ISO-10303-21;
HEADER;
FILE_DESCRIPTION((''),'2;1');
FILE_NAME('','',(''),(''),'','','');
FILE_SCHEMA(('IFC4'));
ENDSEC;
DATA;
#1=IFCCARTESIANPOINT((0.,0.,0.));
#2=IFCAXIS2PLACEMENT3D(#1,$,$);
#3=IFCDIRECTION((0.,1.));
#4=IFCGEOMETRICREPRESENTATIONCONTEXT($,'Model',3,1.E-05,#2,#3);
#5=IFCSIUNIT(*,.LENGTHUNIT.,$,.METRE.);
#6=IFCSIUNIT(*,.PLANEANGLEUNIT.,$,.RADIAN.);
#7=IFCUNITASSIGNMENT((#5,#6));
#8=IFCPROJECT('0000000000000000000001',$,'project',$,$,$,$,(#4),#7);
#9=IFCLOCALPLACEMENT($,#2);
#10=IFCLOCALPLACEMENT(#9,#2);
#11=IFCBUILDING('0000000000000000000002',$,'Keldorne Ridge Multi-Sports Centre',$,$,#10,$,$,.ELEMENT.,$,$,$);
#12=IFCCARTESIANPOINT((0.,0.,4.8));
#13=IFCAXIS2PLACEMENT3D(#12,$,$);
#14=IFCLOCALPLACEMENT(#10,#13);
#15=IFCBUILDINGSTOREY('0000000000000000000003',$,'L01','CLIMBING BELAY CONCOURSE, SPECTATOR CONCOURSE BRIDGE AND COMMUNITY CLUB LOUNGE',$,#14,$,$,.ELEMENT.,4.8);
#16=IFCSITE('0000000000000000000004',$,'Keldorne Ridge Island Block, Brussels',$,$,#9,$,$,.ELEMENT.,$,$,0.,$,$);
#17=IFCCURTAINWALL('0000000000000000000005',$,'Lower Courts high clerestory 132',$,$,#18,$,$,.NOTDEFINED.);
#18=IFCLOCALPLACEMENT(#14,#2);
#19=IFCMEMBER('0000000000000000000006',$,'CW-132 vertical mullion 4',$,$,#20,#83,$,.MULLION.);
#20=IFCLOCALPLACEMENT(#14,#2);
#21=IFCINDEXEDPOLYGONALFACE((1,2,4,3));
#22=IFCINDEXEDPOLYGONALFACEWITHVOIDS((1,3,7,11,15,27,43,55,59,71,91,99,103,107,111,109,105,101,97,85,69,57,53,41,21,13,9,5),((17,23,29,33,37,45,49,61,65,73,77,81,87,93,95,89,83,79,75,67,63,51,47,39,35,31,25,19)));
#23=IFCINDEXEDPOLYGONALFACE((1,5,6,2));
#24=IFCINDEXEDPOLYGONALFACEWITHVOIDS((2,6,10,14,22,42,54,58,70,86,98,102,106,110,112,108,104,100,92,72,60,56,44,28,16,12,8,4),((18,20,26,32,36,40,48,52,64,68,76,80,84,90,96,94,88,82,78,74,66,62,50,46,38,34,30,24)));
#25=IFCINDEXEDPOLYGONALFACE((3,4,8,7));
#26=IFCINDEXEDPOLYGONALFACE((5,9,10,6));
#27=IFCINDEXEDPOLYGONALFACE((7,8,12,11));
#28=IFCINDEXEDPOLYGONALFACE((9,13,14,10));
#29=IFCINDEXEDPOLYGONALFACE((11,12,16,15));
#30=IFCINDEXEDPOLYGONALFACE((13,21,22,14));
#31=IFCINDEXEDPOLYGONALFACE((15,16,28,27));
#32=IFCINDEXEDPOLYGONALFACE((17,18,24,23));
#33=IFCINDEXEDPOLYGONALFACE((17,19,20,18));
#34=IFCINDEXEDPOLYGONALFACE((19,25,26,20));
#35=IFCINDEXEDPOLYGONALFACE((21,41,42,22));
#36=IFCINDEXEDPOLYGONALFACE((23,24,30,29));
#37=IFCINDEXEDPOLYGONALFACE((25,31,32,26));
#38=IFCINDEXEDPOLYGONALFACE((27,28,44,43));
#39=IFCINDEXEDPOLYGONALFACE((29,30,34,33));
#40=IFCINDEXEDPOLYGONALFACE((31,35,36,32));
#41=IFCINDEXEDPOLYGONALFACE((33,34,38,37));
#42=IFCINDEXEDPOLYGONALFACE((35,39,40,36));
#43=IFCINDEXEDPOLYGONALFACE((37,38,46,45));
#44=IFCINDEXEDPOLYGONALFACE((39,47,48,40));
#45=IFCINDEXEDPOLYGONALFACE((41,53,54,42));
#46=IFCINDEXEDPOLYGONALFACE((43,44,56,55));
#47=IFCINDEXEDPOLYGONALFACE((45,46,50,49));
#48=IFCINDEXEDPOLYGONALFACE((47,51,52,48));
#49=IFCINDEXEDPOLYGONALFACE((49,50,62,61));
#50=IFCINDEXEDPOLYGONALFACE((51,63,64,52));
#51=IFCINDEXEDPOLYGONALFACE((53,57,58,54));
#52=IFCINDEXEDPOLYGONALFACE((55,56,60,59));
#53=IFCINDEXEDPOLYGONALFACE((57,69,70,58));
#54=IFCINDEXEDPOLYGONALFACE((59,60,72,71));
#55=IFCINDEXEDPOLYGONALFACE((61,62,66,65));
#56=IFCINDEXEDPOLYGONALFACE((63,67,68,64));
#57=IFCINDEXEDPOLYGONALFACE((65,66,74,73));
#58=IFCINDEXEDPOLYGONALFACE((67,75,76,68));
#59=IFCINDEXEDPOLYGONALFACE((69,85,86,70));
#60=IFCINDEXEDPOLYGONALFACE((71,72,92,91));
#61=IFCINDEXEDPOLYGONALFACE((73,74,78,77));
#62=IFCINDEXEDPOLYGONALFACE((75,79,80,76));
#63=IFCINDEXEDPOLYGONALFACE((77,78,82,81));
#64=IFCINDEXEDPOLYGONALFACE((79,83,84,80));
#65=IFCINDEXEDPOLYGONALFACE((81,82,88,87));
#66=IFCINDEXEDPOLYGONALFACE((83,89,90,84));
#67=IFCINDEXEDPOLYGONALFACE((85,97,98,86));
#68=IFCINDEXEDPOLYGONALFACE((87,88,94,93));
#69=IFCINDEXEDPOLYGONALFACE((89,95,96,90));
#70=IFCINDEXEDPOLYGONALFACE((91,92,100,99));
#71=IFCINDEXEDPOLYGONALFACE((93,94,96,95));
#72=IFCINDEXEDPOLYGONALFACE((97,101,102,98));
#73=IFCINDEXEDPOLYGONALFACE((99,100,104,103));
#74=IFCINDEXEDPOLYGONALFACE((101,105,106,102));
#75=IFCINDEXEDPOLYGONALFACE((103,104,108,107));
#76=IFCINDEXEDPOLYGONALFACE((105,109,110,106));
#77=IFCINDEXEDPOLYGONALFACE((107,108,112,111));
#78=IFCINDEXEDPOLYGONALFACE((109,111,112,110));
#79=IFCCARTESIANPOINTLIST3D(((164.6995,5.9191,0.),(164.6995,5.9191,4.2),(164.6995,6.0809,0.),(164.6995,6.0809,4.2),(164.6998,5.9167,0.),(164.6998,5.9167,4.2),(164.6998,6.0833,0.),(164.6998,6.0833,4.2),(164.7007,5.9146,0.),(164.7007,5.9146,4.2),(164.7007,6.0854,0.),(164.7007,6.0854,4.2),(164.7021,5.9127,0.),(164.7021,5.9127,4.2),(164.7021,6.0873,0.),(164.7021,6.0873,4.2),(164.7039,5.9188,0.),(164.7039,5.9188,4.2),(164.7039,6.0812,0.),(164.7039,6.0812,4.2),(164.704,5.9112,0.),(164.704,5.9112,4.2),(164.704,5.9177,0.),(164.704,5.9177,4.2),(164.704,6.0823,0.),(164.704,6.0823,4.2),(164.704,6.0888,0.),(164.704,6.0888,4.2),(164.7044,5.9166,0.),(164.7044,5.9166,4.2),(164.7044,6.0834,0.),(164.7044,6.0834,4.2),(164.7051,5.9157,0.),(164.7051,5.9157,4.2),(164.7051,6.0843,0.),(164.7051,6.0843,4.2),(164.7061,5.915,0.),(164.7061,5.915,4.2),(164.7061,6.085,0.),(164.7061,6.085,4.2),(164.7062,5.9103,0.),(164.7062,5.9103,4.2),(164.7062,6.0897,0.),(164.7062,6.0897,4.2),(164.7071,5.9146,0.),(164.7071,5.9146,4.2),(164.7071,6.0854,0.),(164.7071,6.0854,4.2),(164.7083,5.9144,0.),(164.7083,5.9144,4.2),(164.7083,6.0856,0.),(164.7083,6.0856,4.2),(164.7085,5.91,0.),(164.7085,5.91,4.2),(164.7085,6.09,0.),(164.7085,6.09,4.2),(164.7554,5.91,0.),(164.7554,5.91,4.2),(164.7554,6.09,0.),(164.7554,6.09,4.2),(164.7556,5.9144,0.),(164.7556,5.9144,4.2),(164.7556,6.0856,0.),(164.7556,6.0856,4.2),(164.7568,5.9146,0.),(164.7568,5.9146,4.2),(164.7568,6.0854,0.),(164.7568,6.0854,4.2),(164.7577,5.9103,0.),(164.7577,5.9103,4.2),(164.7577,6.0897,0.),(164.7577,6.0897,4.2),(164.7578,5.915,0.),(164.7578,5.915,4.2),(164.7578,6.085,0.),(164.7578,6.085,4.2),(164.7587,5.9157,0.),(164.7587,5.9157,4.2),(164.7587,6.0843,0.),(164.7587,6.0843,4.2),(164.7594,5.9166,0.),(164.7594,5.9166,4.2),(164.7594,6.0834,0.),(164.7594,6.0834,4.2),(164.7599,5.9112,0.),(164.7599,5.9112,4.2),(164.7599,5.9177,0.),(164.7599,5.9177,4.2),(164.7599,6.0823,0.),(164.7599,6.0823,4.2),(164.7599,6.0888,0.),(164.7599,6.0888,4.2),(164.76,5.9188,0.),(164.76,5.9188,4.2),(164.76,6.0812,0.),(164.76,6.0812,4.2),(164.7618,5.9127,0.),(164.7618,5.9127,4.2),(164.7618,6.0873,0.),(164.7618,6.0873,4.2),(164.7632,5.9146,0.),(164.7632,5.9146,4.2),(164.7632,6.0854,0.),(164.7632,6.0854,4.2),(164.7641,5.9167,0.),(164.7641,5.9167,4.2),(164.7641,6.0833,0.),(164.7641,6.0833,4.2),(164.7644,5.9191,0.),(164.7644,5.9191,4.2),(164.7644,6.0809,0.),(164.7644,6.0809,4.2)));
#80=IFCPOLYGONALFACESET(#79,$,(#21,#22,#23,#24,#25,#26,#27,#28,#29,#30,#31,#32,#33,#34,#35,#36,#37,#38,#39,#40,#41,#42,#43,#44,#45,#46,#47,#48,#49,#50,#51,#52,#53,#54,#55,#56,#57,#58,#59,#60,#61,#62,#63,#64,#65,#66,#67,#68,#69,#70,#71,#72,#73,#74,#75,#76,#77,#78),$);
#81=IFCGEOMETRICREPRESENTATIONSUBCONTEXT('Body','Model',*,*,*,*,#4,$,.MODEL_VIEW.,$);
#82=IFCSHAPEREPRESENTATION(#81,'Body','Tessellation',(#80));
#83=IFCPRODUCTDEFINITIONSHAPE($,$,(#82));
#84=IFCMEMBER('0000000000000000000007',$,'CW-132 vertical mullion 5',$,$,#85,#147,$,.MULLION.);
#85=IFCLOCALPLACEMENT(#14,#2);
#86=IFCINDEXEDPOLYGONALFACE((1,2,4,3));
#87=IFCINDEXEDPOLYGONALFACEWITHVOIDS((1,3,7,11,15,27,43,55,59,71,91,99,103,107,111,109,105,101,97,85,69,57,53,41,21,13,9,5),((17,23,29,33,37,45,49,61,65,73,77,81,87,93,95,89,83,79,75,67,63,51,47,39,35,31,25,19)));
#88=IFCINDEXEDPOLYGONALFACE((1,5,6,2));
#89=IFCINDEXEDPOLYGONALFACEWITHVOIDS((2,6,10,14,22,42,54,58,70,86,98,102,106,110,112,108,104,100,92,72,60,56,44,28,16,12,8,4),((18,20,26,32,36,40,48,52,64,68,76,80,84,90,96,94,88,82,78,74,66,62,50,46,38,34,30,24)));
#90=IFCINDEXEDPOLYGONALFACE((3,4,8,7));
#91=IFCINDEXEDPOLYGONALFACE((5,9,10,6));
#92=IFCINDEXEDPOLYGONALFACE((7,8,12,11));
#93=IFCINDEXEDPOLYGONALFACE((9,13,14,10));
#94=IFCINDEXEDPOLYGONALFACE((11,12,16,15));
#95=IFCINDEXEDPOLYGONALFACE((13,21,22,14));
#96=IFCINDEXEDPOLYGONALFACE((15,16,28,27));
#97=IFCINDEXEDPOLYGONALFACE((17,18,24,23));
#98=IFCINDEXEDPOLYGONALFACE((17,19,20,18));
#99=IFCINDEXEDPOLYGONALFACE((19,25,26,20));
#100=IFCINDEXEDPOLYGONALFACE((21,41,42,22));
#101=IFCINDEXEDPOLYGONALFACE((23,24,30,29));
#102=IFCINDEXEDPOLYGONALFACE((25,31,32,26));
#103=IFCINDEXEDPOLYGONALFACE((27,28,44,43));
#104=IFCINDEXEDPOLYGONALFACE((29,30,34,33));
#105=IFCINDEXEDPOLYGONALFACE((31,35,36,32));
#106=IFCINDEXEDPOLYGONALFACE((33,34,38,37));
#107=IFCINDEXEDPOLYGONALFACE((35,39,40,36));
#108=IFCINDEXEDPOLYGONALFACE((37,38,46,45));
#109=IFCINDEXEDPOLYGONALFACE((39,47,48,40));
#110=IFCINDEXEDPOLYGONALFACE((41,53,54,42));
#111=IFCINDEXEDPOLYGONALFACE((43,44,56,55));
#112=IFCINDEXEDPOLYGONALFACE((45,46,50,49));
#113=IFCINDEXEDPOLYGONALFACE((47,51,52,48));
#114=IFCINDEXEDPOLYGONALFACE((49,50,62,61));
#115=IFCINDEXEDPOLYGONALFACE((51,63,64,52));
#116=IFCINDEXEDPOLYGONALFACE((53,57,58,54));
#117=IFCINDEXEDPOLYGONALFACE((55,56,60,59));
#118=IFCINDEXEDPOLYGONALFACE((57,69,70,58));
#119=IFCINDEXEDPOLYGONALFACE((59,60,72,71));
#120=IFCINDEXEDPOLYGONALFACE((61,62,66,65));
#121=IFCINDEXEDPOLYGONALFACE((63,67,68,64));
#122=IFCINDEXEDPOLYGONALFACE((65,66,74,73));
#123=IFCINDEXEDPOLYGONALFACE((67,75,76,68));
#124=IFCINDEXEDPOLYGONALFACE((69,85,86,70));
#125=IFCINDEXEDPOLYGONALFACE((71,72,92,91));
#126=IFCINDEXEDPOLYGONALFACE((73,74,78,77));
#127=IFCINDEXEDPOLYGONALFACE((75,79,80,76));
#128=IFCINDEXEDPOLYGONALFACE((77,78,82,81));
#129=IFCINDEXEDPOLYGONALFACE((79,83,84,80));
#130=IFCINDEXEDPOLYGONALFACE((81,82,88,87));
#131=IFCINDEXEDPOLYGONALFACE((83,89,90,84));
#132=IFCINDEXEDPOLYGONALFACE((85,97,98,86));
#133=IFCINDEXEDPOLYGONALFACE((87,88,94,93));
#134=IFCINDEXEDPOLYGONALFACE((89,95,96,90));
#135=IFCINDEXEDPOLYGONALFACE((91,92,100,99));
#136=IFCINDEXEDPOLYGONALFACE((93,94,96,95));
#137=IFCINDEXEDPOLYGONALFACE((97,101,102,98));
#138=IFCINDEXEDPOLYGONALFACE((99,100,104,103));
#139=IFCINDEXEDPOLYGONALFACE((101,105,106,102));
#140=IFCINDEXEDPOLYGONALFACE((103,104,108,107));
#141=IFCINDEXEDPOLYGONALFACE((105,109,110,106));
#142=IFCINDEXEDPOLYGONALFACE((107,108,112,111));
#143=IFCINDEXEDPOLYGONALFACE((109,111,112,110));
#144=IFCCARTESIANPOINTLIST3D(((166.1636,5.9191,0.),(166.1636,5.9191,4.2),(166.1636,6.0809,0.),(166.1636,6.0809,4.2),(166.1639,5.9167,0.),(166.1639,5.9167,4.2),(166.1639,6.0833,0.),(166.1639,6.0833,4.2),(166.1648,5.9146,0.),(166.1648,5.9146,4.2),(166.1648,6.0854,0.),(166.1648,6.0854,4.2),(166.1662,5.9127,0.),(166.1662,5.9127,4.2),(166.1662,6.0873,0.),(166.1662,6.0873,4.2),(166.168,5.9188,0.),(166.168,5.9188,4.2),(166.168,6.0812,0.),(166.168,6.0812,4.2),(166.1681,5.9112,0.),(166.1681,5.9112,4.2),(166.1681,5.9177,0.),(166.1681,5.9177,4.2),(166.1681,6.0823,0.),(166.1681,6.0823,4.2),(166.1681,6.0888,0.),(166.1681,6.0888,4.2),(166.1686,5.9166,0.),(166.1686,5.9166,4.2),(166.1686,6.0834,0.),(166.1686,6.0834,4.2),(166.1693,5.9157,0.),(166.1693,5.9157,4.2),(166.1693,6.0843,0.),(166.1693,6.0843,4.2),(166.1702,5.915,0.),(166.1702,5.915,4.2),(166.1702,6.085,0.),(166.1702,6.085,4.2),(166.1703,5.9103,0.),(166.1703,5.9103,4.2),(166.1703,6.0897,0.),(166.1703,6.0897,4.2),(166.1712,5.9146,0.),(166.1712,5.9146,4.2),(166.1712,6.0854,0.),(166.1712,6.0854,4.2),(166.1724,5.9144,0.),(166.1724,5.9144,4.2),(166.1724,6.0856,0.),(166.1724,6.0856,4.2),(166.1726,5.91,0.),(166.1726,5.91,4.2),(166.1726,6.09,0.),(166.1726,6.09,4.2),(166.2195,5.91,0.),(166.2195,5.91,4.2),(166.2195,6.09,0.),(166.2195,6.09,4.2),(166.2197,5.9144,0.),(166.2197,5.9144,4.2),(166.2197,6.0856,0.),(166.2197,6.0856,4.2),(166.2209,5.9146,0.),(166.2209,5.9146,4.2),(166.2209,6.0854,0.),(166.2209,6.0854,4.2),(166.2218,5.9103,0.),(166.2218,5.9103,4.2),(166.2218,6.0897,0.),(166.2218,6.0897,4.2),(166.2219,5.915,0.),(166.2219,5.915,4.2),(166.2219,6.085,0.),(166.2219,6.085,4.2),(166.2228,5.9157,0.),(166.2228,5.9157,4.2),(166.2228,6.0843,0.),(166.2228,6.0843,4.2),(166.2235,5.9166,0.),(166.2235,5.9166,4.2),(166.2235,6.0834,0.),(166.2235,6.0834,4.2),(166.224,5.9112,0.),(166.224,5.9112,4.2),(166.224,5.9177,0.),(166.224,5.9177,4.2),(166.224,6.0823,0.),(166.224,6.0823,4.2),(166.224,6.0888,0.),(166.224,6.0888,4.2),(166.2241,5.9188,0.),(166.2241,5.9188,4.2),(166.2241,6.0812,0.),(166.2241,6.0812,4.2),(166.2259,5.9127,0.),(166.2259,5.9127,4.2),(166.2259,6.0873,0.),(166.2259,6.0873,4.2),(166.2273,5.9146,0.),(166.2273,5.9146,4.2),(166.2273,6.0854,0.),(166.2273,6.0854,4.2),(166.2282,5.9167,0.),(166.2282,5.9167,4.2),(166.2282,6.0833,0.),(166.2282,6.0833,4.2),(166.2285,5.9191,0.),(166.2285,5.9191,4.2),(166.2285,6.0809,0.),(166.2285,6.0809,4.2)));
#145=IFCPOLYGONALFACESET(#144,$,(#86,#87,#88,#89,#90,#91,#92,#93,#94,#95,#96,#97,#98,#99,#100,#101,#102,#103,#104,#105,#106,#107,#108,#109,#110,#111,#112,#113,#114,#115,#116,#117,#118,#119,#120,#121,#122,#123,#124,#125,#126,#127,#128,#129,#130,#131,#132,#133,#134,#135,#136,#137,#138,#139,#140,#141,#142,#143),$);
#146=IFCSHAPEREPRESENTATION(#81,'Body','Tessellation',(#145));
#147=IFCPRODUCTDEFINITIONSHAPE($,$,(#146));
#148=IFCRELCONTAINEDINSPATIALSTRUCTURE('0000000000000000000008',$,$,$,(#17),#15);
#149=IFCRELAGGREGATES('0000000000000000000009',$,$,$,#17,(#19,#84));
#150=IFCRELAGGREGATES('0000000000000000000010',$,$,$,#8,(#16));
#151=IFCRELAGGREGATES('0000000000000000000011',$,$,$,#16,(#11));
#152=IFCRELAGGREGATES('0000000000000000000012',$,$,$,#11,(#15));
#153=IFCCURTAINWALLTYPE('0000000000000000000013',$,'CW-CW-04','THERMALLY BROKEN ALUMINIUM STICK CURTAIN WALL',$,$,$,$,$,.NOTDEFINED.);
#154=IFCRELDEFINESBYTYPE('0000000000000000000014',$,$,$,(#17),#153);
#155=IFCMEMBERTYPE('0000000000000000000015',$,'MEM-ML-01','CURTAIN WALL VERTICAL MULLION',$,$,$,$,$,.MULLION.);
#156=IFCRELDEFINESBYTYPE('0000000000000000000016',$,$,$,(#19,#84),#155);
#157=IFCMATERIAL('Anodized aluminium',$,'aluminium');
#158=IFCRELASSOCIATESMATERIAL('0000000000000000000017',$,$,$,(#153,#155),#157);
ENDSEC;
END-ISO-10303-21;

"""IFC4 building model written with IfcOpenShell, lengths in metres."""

from ifc_helpers import new_model, si_unit, direction, frame, origin, origin_2d, place, context, subcontext, project, spatial, hollow_rectangle, extrude, material, material_profile, profile_set, type_object, element, aggregate, save


model = new_model("IFC4")

# Units and contexts
model_context = context("Model", 3, precision=1e-05, world=origin(), true_north=direction((0.0, 1.0)))
body_context = subcontext(model_context, "Body", "Model", "MODEL_VIEW")
ifc_project = project(units=[si_unit("LENGTHUNIT", "METRE"), si_unit("PLANEANGLEUNIT", "RADIAN")], contexts=[model_context])

# Site, building, storey
site_placement = place(None, origin())
site = spatial("IfcSite", under=ifc_project, at=site_placement, Name="Keldorne Ridge Island Block, Brussels", CompositionType="ELEMENT", RefElevation=0.0)
building_placement = place(site_placement, origin())
building = spatial("IfcBuilding", under=site, at=building_placement, Name="Keldorne Ridge Multi-Sports Centre", CompositionType="ELEMENT")
storey_placement = place(building_placement, frame((0.0, 0.0, 4.8)))
storey = spatial("IfcBuildingStorey", under=building, at=storey_placement, Name="L01", Description="CLIMBING BELAY CONCOURSE, SPECTATOR CONCOURSE BRIDGE AND COMMUNITY CLUB LOUNGE", CompositionType="ELEMENT", Elevation=4.8)

# Curtain wall, members
ifc_material_1 = material(Name="Anodized aluminium", Category="aluminium")
curtain_wall_type = type_object("IfcCurtainWallType", Name="CW-CW-04", Description="THERMALLY BROKEN ALUMINIUM STICK CURTAIN WALL", PredefinedType="NOTDEFINED", material=ifc_material_1)
curtain_wall_placement = place(storey_placement, origin())
curtain_wall = element("IfcCurtainWall", 1, at=curtain_wall_placement, inside=storey, type_object=curtain_wall_type, Name="Lower Courts high clerestory 132", PredefinedType="NOTDEFINED")
ifc_material_profile_1 = material_profile(ifc_material_1, hollow_rectangle(XDim=0.0649, YDim=0.1799, WallThickness=0.0044, InnerFilletRadius=0.0044, OuterFilletRadius=0.009, at=origin_2d()), Name="ALU MULLION 180x65x4.5")
ifc_profile_set_1 = profile_set([ifc_material_profile_1], Name="Anodized aluminium")
member_type_1 = type_object("IfcMemberType", Name="MEM-ML-01", Description="CURTAIN WALL VERTICAL MULLION", PredefinedType="MULLION", material=ifc_profile_set_1)
member_1_placement = place(storey_placement, frame((164.7319, 6.0, 0.0), z_axis=(0.0, 0.0, 1.0), x_axis=(1.0, 0.0, 0.0)))
member_1 = element("IfcMember", 2, at=member_1_placement, type_object=member_type_1, Name="CW-132 vertical mullion 4", PredefinedType="MULLION", context=body_context, shape_type="SweptSolid", body=[
    extrude(hollow_rectangle(XDim=0.0649, YDim=0.1799, WallThickness=0.0044, InnerFilletRadius=0.0044, OuterFilletRadius=0.009, at=origin_2d()), origin(), (0.0, 0.0, 1.0), 4.2),
])
member_2_placement = place(storey_placement, frame((166.196, 6.0, 0.0), z_axis=(0.0, 0.0, 1.0), x_axis=(1.0, 0.0, 0.0)))
member_2 = element("IfcMember", 3, at=member_2_placement, type_object=member_type_1, Name="CW-132 vertical mullion 5", PredefinedType="MULLION", context=body_context, shape_type="SweptSolid", body=[
    extrude(hollow_rectangle(XDim=0.0649, YDim=0.1799, WallThickness=0.0044, InnerFilletRadius=0.0044, OuterFilletRadius=0.009, at=origin_2d()), origin(), (0.0, 0.0, 1.0), 4.2),
])
aggregate(curtain_wall, [member_1, member_2])

save(model, "model.ifc")
